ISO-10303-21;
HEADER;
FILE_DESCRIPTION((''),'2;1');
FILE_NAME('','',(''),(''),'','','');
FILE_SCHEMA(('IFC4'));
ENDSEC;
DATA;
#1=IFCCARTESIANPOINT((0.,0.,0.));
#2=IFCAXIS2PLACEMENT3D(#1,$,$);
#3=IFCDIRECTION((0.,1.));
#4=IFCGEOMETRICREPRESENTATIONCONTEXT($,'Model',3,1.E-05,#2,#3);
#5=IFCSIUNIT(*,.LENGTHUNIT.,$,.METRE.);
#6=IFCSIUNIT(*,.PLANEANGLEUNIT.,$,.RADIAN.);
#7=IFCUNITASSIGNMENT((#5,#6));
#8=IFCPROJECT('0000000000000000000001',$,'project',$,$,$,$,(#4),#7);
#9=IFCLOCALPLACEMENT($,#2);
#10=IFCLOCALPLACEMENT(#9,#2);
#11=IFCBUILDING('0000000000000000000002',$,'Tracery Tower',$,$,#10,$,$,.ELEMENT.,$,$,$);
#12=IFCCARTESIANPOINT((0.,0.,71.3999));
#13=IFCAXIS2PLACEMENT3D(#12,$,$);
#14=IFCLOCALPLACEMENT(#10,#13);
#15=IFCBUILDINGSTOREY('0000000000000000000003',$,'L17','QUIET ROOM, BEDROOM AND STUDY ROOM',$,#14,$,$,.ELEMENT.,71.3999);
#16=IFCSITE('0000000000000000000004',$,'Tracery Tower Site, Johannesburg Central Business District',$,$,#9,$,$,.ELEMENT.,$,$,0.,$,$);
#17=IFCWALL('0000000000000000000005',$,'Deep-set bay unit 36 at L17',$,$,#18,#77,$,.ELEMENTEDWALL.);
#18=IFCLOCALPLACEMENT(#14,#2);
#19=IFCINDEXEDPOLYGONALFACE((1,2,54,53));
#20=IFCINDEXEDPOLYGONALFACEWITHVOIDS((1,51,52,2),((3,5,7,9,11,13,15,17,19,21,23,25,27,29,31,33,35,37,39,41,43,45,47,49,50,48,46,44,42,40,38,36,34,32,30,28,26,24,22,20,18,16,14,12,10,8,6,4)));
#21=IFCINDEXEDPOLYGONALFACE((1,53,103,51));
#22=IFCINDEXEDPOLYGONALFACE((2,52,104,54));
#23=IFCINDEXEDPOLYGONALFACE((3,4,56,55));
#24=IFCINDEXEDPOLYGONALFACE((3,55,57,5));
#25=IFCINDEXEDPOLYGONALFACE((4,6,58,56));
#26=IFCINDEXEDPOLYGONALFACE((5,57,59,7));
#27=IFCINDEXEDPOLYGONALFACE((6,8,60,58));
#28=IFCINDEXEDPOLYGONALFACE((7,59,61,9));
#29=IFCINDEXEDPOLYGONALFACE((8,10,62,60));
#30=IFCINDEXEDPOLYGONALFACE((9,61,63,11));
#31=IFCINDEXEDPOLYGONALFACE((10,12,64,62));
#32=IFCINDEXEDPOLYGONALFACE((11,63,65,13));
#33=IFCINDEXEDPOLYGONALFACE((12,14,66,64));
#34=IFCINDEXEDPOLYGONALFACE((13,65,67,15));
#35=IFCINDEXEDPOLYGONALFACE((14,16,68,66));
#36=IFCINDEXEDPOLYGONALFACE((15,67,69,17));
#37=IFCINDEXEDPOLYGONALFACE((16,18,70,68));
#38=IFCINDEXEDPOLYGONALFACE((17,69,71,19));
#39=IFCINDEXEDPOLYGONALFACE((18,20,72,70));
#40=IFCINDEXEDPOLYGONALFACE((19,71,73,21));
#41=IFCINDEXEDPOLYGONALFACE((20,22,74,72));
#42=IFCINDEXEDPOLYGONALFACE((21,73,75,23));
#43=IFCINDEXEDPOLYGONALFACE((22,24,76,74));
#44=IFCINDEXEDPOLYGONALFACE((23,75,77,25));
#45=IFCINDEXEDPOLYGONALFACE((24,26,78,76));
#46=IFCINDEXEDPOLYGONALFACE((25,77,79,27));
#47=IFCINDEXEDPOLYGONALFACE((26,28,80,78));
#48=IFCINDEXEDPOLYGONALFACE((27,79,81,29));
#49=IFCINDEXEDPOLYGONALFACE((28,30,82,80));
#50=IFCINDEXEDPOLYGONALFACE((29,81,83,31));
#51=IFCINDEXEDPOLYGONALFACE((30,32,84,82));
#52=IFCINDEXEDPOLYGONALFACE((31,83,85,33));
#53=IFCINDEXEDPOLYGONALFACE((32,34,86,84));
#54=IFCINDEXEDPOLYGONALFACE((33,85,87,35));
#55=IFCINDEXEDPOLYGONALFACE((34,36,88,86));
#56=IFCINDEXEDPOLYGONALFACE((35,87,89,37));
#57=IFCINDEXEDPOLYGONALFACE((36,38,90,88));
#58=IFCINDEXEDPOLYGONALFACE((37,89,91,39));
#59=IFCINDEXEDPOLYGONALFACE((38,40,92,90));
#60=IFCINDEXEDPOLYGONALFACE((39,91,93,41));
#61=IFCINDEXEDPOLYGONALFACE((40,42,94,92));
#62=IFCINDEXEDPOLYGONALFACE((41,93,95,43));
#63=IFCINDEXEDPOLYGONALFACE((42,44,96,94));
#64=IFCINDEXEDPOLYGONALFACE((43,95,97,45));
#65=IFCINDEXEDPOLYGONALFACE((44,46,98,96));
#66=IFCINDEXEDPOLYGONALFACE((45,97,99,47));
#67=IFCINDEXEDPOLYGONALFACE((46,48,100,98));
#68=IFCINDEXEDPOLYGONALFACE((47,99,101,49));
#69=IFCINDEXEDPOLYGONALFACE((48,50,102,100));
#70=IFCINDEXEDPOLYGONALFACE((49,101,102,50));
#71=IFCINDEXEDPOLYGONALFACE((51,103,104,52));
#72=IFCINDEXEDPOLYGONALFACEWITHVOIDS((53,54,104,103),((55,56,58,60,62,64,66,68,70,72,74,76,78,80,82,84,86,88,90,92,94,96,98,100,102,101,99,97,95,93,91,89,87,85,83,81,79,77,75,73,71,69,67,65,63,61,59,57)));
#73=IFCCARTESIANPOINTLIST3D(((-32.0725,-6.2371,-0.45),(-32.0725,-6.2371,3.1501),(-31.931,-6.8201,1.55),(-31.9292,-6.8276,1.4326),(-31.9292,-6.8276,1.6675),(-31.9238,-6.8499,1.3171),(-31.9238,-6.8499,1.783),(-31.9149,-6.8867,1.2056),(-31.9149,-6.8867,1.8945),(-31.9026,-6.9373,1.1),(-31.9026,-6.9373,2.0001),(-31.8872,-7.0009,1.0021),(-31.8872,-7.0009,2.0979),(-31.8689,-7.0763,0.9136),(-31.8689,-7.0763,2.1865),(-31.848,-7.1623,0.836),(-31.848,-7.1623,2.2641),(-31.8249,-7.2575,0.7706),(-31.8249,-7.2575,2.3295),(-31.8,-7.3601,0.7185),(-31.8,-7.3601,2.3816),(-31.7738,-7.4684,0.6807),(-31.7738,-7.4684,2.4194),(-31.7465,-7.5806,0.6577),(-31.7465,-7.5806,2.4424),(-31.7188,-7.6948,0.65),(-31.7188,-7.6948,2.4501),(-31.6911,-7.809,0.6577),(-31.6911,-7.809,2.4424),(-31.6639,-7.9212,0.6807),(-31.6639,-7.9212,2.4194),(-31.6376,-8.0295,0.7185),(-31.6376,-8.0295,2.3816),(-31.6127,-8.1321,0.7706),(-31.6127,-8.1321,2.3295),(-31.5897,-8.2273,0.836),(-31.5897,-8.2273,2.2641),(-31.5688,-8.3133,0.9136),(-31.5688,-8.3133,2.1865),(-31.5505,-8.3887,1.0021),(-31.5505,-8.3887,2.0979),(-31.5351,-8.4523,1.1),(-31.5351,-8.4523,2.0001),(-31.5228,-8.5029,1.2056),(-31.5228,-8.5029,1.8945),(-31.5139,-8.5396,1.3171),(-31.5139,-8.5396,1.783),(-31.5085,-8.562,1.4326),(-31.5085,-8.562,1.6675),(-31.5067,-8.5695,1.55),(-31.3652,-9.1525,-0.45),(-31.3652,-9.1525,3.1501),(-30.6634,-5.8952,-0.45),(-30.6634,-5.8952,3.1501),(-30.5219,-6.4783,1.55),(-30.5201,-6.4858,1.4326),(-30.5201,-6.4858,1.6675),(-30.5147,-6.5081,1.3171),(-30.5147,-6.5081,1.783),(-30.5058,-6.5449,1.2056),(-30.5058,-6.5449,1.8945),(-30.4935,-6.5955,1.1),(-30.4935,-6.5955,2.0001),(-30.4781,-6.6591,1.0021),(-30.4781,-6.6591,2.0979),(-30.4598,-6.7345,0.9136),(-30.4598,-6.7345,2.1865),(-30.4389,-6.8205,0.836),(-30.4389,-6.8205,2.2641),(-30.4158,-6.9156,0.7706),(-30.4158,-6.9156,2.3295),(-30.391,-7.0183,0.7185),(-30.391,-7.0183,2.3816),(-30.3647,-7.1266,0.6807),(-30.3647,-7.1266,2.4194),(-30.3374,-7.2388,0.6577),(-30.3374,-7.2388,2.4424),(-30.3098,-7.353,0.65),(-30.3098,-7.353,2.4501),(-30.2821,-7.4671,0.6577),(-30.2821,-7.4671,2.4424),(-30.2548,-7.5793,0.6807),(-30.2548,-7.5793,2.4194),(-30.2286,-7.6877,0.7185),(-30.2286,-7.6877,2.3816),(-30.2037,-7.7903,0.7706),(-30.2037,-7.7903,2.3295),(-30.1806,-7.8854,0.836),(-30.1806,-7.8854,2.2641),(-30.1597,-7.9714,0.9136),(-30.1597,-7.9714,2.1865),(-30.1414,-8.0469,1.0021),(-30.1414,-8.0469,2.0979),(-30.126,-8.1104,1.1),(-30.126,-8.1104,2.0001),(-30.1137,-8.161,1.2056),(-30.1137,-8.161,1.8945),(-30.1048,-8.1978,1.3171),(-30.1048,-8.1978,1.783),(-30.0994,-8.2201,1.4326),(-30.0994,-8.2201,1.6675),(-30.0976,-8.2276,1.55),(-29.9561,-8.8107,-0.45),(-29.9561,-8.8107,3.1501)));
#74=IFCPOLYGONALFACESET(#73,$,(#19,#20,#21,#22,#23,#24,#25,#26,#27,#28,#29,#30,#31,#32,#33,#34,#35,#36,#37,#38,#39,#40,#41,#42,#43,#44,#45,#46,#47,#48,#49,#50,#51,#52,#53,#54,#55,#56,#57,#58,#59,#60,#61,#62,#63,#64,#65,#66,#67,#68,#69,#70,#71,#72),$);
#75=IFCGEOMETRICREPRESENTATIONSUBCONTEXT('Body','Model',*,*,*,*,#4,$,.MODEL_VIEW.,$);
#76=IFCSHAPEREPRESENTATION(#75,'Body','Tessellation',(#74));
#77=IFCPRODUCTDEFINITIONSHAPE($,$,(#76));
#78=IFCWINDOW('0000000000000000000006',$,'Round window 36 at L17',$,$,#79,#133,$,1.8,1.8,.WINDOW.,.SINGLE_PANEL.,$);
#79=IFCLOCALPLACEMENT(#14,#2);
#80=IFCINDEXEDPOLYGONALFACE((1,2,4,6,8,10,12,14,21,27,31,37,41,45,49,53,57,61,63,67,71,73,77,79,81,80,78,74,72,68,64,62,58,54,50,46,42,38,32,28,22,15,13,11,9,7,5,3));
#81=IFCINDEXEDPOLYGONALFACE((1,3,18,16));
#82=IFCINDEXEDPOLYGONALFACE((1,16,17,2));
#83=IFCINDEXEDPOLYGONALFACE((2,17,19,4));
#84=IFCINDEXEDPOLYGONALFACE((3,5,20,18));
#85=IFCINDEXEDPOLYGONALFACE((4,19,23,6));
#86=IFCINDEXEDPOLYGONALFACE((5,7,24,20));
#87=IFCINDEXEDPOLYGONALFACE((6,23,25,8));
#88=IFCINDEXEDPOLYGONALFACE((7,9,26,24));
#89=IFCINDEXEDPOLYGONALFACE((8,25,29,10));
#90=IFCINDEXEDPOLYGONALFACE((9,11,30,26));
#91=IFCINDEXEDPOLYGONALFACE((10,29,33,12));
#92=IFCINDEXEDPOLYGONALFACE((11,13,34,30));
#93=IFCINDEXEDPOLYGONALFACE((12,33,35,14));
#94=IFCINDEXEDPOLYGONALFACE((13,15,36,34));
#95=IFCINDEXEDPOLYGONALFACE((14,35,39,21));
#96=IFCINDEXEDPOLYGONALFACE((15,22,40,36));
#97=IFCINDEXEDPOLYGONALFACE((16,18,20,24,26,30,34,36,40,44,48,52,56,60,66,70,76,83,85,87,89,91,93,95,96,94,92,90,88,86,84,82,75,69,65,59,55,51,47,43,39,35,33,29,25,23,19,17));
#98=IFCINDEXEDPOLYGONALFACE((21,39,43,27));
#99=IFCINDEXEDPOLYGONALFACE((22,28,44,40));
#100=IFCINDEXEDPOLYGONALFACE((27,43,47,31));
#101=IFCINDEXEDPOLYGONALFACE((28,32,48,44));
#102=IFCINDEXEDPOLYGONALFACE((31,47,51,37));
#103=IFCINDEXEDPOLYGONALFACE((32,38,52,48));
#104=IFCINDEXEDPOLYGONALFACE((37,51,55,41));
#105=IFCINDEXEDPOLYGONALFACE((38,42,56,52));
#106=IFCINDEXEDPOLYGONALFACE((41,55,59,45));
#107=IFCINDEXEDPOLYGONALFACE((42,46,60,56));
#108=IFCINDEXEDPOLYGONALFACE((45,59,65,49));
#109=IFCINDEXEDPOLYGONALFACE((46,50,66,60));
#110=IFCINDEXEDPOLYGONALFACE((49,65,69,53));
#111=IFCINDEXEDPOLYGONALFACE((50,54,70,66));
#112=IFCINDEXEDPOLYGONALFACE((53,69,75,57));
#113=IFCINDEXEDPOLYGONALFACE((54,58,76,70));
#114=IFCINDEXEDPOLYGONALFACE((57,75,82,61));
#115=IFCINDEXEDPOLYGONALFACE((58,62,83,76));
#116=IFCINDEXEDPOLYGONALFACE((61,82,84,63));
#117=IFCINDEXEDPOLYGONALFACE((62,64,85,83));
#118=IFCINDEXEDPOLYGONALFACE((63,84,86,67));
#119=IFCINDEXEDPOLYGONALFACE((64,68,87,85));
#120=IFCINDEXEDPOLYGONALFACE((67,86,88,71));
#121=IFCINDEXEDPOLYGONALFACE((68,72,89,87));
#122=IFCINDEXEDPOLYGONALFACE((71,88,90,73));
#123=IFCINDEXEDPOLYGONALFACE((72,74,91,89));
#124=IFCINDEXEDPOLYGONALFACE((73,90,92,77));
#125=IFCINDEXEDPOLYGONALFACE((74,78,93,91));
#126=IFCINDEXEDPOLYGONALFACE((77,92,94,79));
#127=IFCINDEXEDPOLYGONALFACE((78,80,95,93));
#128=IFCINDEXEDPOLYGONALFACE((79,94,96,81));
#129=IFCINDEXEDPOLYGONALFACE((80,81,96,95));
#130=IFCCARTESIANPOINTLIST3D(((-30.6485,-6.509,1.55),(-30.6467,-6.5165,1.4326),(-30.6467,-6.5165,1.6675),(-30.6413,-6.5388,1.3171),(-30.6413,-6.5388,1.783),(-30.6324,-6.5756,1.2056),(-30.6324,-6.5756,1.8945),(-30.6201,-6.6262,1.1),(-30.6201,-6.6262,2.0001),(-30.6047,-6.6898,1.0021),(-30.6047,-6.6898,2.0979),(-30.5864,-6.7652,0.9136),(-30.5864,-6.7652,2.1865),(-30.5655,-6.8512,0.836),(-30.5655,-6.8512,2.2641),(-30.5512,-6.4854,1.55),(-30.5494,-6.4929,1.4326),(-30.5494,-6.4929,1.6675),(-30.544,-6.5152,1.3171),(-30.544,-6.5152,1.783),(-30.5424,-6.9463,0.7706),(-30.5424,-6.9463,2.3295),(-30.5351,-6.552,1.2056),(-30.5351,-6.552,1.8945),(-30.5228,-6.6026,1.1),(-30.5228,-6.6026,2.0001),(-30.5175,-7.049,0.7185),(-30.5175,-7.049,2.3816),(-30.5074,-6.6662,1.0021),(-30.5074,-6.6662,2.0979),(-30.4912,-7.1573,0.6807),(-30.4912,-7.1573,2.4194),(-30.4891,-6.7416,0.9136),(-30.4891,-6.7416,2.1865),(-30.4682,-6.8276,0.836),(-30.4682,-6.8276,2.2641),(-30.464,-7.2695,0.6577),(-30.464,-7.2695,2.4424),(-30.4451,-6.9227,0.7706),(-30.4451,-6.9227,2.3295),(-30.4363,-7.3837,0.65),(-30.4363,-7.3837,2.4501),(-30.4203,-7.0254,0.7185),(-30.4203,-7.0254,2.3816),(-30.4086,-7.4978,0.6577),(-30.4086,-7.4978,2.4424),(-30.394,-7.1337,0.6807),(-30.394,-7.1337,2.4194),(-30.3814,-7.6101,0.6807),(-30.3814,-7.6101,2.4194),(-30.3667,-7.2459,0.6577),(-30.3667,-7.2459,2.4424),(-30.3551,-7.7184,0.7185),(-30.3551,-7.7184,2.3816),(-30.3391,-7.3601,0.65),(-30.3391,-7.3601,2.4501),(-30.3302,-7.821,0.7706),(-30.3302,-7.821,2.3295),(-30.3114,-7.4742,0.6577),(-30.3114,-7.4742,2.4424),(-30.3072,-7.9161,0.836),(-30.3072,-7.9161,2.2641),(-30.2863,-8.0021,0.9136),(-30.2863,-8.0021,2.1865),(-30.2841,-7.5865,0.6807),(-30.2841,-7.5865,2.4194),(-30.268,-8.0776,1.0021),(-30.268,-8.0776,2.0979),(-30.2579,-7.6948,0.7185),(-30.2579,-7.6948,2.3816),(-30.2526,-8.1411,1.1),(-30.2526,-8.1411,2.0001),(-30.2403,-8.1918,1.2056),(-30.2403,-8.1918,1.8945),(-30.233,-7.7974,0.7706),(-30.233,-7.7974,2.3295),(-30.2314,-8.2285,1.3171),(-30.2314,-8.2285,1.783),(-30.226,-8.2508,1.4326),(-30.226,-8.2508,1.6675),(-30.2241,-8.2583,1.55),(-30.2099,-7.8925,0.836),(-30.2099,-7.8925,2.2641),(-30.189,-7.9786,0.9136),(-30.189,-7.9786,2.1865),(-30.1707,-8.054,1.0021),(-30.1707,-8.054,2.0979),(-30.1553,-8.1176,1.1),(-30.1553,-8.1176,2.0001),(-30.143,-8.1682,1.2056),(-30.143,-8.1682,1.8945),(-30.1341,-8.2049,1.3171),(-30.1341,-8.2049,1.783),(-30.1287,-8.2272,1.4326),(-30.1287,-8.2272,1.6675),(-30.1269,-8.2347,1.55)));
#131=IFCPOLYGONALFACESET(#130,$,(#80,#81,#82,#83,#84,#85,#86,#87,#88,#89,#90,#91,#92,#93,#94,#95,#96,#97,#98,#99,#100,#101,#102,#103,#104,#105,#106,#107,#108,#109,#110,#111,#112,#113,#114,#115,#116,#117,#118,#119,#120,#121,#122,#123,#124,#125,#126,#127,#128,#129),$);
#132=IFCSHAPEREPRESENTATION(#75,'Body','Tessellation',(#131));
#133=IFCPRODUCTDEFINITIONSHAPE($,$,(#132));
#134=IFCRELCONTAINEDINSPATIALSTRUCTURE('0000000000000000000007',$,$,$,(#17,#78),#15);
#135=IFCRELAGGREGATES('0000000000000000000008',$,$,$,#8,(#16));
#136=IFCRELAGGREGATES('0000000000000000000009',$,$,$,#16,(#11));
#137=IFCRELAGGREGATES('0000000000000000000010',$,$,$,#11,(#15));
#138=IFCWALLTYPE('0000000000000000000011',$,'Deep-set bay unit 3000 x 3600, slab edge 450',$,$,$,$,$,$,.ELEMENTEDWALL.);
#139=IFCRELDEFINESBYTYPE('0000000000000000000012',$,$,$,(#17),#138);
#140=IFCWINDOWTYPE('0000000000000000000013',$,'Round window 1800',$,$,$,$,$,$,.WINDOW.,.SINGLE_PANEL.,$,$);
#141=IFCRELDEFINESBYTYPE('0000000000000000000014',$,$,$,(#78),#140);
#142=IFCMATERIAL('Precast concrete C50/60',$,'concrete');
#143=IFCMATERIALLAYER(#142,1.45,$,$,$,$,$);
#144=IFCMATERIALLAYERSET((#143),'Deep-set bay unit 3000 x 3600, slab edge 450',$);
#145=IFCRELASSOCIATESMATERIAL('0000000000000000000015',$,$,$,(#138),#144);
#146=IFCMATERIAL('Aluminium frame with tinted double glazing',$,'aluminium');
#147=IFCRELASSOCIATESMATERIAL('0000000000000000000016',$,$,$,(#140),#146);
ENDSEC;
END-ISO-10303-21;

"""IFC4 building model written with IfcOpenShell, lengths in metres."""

from ifc_helpers import new_model, si_unit, direction, frame, frame_2d, origin, origin_2d, place, context, subcontext, project, spatial, rectangle, circle, extrude, material, layer, layer_set, type_object, element, fill, save


model = new_model("IFC4")

# Units and contexts
model_context = context("Model", 3, precision=1e-05, world=origin(), true_north=direction((0.0, 1.0)))
body_context = subcontext(model_context, "Body", "Model", "MODEL_VIEW")
ifc_project = project(units=[si_unit("LENGTHUNIT", "METRE"), si_unit("PLANEANGLEUNIT", "RADIAN")], contexts=[model_context])

# Site, building, storey
site_placement = place(None, origin())
site = spatial("IfcSite", under=ifc_project, at=site_placement, Name="Tracery Tower Site, Johannesburg Central Business District", CompositionType="ELEMENT", RefElevation=0.0)
building_placement = place(site_placement, origin())
building = spatial("IfcBuilding", under=site, at=building_placement, Name="Tracery Tower", CompositionType="ELEMENT")
storey_placement = place(building_placement, frame((0.0, 0.0, 71.3999)))
storey = spatial("IfcBuildingStorey", under=building, at=storey_placement, Name="L17", Description="QUIET ROOM, BEDROOM AND STUDY ROOM", CompositionType="ELEMENT", Elevation=71.3999)

# Wall, opening, window
ifc_material_1 = material(Name="Precast concrete C50/60", Category="concrete")
ifc_layer_1 = layer(ifc_material_1, 1.45)
ifc_layer_set_1 = layer_set([ifc_layer_1], Name="Deep-set bay unit 3000 x 3600, slab edge 450")
wall_type_1 = type_object("IfcWallType", Name="Deep-set bay unit 3000 x 3600, slab edge 450", PredefinedType="ELEMENTEDWALL", material=ifc_layer_set_1)
wall_1_placement = place(storey_placement, frame((-31.3679, -6.0662, -0.45), z_axis=(0.0, 0.0, 1.0), x_axis=(0.235751, -0.971813, 0.0)))
wall_1 = element("IfcWall", 1, at=wall_1_placement, inside=storey, type_object=wall_type_1, Name="Deep-set bay unit 36 at L17", PredefinedType="ELEMENTEDWALL", context=body_context, shape_type="SweptSolid", body=[
    extrude(rectangle(XDim=3.0, YDim=1.45, at=frame_2d((1.5, 0.0))), origin(), (0.0, 0.0, 1.0), 3.6001),
])
opening_1_placement = place(wall_1_placement, frame((1.5, 0.0, 2.0)))
opening_1 = element("IfcOpeningElement", 2, at=opening_1_placement, cuts=wall_1, PredefinedType="OPENING", context=body_context, shape_type="SweptSolid", body=[
    extrude(circle(Radius=0.9, at=origin_2d()), frame((0.0, 0.7349, 0.0), z_axis=(0.0, -1.0, 0.0), x_axis=(1.0, 0.0, 0.0)), (0.0, 0.0, 1.0), 1.47),
])
ifc_material_2 = material(Name="Aluminium frame with tinted double glazing", Category="aluminium")
window_type = type_object("IfcWindowType", Name="Round window 1800", PartitioningType="SINGLE_PANEL", PredefinedType="WINDOW", material=ifc_material_2)
window_1_placement = place(opening_1_placement, origin())
window_1 = element("IfcWindow", 3, at=window_1_placement, inside=storey, type_object=window_type, Name="Round window 36 at L17", OverallHeight=1.8, OverallWidth=1.8, PartitioningType="SINGLE_PANEL", PredefinedType="WINDOW", context=body_context, shape_type="SweptSolid", body=[
    extrude(circle(Radius=0.9, at=origin_2d()), frame((0.0, 0.6948, 0.0), z_axis=(0.0, -1.0, 0.0), x_axis=(1.0, 0.0, 0.0)), (0.0, 0.0, 1.0), 0.1001),
])
fill(opening_1, window_1)

save(model, "model.ifc")
